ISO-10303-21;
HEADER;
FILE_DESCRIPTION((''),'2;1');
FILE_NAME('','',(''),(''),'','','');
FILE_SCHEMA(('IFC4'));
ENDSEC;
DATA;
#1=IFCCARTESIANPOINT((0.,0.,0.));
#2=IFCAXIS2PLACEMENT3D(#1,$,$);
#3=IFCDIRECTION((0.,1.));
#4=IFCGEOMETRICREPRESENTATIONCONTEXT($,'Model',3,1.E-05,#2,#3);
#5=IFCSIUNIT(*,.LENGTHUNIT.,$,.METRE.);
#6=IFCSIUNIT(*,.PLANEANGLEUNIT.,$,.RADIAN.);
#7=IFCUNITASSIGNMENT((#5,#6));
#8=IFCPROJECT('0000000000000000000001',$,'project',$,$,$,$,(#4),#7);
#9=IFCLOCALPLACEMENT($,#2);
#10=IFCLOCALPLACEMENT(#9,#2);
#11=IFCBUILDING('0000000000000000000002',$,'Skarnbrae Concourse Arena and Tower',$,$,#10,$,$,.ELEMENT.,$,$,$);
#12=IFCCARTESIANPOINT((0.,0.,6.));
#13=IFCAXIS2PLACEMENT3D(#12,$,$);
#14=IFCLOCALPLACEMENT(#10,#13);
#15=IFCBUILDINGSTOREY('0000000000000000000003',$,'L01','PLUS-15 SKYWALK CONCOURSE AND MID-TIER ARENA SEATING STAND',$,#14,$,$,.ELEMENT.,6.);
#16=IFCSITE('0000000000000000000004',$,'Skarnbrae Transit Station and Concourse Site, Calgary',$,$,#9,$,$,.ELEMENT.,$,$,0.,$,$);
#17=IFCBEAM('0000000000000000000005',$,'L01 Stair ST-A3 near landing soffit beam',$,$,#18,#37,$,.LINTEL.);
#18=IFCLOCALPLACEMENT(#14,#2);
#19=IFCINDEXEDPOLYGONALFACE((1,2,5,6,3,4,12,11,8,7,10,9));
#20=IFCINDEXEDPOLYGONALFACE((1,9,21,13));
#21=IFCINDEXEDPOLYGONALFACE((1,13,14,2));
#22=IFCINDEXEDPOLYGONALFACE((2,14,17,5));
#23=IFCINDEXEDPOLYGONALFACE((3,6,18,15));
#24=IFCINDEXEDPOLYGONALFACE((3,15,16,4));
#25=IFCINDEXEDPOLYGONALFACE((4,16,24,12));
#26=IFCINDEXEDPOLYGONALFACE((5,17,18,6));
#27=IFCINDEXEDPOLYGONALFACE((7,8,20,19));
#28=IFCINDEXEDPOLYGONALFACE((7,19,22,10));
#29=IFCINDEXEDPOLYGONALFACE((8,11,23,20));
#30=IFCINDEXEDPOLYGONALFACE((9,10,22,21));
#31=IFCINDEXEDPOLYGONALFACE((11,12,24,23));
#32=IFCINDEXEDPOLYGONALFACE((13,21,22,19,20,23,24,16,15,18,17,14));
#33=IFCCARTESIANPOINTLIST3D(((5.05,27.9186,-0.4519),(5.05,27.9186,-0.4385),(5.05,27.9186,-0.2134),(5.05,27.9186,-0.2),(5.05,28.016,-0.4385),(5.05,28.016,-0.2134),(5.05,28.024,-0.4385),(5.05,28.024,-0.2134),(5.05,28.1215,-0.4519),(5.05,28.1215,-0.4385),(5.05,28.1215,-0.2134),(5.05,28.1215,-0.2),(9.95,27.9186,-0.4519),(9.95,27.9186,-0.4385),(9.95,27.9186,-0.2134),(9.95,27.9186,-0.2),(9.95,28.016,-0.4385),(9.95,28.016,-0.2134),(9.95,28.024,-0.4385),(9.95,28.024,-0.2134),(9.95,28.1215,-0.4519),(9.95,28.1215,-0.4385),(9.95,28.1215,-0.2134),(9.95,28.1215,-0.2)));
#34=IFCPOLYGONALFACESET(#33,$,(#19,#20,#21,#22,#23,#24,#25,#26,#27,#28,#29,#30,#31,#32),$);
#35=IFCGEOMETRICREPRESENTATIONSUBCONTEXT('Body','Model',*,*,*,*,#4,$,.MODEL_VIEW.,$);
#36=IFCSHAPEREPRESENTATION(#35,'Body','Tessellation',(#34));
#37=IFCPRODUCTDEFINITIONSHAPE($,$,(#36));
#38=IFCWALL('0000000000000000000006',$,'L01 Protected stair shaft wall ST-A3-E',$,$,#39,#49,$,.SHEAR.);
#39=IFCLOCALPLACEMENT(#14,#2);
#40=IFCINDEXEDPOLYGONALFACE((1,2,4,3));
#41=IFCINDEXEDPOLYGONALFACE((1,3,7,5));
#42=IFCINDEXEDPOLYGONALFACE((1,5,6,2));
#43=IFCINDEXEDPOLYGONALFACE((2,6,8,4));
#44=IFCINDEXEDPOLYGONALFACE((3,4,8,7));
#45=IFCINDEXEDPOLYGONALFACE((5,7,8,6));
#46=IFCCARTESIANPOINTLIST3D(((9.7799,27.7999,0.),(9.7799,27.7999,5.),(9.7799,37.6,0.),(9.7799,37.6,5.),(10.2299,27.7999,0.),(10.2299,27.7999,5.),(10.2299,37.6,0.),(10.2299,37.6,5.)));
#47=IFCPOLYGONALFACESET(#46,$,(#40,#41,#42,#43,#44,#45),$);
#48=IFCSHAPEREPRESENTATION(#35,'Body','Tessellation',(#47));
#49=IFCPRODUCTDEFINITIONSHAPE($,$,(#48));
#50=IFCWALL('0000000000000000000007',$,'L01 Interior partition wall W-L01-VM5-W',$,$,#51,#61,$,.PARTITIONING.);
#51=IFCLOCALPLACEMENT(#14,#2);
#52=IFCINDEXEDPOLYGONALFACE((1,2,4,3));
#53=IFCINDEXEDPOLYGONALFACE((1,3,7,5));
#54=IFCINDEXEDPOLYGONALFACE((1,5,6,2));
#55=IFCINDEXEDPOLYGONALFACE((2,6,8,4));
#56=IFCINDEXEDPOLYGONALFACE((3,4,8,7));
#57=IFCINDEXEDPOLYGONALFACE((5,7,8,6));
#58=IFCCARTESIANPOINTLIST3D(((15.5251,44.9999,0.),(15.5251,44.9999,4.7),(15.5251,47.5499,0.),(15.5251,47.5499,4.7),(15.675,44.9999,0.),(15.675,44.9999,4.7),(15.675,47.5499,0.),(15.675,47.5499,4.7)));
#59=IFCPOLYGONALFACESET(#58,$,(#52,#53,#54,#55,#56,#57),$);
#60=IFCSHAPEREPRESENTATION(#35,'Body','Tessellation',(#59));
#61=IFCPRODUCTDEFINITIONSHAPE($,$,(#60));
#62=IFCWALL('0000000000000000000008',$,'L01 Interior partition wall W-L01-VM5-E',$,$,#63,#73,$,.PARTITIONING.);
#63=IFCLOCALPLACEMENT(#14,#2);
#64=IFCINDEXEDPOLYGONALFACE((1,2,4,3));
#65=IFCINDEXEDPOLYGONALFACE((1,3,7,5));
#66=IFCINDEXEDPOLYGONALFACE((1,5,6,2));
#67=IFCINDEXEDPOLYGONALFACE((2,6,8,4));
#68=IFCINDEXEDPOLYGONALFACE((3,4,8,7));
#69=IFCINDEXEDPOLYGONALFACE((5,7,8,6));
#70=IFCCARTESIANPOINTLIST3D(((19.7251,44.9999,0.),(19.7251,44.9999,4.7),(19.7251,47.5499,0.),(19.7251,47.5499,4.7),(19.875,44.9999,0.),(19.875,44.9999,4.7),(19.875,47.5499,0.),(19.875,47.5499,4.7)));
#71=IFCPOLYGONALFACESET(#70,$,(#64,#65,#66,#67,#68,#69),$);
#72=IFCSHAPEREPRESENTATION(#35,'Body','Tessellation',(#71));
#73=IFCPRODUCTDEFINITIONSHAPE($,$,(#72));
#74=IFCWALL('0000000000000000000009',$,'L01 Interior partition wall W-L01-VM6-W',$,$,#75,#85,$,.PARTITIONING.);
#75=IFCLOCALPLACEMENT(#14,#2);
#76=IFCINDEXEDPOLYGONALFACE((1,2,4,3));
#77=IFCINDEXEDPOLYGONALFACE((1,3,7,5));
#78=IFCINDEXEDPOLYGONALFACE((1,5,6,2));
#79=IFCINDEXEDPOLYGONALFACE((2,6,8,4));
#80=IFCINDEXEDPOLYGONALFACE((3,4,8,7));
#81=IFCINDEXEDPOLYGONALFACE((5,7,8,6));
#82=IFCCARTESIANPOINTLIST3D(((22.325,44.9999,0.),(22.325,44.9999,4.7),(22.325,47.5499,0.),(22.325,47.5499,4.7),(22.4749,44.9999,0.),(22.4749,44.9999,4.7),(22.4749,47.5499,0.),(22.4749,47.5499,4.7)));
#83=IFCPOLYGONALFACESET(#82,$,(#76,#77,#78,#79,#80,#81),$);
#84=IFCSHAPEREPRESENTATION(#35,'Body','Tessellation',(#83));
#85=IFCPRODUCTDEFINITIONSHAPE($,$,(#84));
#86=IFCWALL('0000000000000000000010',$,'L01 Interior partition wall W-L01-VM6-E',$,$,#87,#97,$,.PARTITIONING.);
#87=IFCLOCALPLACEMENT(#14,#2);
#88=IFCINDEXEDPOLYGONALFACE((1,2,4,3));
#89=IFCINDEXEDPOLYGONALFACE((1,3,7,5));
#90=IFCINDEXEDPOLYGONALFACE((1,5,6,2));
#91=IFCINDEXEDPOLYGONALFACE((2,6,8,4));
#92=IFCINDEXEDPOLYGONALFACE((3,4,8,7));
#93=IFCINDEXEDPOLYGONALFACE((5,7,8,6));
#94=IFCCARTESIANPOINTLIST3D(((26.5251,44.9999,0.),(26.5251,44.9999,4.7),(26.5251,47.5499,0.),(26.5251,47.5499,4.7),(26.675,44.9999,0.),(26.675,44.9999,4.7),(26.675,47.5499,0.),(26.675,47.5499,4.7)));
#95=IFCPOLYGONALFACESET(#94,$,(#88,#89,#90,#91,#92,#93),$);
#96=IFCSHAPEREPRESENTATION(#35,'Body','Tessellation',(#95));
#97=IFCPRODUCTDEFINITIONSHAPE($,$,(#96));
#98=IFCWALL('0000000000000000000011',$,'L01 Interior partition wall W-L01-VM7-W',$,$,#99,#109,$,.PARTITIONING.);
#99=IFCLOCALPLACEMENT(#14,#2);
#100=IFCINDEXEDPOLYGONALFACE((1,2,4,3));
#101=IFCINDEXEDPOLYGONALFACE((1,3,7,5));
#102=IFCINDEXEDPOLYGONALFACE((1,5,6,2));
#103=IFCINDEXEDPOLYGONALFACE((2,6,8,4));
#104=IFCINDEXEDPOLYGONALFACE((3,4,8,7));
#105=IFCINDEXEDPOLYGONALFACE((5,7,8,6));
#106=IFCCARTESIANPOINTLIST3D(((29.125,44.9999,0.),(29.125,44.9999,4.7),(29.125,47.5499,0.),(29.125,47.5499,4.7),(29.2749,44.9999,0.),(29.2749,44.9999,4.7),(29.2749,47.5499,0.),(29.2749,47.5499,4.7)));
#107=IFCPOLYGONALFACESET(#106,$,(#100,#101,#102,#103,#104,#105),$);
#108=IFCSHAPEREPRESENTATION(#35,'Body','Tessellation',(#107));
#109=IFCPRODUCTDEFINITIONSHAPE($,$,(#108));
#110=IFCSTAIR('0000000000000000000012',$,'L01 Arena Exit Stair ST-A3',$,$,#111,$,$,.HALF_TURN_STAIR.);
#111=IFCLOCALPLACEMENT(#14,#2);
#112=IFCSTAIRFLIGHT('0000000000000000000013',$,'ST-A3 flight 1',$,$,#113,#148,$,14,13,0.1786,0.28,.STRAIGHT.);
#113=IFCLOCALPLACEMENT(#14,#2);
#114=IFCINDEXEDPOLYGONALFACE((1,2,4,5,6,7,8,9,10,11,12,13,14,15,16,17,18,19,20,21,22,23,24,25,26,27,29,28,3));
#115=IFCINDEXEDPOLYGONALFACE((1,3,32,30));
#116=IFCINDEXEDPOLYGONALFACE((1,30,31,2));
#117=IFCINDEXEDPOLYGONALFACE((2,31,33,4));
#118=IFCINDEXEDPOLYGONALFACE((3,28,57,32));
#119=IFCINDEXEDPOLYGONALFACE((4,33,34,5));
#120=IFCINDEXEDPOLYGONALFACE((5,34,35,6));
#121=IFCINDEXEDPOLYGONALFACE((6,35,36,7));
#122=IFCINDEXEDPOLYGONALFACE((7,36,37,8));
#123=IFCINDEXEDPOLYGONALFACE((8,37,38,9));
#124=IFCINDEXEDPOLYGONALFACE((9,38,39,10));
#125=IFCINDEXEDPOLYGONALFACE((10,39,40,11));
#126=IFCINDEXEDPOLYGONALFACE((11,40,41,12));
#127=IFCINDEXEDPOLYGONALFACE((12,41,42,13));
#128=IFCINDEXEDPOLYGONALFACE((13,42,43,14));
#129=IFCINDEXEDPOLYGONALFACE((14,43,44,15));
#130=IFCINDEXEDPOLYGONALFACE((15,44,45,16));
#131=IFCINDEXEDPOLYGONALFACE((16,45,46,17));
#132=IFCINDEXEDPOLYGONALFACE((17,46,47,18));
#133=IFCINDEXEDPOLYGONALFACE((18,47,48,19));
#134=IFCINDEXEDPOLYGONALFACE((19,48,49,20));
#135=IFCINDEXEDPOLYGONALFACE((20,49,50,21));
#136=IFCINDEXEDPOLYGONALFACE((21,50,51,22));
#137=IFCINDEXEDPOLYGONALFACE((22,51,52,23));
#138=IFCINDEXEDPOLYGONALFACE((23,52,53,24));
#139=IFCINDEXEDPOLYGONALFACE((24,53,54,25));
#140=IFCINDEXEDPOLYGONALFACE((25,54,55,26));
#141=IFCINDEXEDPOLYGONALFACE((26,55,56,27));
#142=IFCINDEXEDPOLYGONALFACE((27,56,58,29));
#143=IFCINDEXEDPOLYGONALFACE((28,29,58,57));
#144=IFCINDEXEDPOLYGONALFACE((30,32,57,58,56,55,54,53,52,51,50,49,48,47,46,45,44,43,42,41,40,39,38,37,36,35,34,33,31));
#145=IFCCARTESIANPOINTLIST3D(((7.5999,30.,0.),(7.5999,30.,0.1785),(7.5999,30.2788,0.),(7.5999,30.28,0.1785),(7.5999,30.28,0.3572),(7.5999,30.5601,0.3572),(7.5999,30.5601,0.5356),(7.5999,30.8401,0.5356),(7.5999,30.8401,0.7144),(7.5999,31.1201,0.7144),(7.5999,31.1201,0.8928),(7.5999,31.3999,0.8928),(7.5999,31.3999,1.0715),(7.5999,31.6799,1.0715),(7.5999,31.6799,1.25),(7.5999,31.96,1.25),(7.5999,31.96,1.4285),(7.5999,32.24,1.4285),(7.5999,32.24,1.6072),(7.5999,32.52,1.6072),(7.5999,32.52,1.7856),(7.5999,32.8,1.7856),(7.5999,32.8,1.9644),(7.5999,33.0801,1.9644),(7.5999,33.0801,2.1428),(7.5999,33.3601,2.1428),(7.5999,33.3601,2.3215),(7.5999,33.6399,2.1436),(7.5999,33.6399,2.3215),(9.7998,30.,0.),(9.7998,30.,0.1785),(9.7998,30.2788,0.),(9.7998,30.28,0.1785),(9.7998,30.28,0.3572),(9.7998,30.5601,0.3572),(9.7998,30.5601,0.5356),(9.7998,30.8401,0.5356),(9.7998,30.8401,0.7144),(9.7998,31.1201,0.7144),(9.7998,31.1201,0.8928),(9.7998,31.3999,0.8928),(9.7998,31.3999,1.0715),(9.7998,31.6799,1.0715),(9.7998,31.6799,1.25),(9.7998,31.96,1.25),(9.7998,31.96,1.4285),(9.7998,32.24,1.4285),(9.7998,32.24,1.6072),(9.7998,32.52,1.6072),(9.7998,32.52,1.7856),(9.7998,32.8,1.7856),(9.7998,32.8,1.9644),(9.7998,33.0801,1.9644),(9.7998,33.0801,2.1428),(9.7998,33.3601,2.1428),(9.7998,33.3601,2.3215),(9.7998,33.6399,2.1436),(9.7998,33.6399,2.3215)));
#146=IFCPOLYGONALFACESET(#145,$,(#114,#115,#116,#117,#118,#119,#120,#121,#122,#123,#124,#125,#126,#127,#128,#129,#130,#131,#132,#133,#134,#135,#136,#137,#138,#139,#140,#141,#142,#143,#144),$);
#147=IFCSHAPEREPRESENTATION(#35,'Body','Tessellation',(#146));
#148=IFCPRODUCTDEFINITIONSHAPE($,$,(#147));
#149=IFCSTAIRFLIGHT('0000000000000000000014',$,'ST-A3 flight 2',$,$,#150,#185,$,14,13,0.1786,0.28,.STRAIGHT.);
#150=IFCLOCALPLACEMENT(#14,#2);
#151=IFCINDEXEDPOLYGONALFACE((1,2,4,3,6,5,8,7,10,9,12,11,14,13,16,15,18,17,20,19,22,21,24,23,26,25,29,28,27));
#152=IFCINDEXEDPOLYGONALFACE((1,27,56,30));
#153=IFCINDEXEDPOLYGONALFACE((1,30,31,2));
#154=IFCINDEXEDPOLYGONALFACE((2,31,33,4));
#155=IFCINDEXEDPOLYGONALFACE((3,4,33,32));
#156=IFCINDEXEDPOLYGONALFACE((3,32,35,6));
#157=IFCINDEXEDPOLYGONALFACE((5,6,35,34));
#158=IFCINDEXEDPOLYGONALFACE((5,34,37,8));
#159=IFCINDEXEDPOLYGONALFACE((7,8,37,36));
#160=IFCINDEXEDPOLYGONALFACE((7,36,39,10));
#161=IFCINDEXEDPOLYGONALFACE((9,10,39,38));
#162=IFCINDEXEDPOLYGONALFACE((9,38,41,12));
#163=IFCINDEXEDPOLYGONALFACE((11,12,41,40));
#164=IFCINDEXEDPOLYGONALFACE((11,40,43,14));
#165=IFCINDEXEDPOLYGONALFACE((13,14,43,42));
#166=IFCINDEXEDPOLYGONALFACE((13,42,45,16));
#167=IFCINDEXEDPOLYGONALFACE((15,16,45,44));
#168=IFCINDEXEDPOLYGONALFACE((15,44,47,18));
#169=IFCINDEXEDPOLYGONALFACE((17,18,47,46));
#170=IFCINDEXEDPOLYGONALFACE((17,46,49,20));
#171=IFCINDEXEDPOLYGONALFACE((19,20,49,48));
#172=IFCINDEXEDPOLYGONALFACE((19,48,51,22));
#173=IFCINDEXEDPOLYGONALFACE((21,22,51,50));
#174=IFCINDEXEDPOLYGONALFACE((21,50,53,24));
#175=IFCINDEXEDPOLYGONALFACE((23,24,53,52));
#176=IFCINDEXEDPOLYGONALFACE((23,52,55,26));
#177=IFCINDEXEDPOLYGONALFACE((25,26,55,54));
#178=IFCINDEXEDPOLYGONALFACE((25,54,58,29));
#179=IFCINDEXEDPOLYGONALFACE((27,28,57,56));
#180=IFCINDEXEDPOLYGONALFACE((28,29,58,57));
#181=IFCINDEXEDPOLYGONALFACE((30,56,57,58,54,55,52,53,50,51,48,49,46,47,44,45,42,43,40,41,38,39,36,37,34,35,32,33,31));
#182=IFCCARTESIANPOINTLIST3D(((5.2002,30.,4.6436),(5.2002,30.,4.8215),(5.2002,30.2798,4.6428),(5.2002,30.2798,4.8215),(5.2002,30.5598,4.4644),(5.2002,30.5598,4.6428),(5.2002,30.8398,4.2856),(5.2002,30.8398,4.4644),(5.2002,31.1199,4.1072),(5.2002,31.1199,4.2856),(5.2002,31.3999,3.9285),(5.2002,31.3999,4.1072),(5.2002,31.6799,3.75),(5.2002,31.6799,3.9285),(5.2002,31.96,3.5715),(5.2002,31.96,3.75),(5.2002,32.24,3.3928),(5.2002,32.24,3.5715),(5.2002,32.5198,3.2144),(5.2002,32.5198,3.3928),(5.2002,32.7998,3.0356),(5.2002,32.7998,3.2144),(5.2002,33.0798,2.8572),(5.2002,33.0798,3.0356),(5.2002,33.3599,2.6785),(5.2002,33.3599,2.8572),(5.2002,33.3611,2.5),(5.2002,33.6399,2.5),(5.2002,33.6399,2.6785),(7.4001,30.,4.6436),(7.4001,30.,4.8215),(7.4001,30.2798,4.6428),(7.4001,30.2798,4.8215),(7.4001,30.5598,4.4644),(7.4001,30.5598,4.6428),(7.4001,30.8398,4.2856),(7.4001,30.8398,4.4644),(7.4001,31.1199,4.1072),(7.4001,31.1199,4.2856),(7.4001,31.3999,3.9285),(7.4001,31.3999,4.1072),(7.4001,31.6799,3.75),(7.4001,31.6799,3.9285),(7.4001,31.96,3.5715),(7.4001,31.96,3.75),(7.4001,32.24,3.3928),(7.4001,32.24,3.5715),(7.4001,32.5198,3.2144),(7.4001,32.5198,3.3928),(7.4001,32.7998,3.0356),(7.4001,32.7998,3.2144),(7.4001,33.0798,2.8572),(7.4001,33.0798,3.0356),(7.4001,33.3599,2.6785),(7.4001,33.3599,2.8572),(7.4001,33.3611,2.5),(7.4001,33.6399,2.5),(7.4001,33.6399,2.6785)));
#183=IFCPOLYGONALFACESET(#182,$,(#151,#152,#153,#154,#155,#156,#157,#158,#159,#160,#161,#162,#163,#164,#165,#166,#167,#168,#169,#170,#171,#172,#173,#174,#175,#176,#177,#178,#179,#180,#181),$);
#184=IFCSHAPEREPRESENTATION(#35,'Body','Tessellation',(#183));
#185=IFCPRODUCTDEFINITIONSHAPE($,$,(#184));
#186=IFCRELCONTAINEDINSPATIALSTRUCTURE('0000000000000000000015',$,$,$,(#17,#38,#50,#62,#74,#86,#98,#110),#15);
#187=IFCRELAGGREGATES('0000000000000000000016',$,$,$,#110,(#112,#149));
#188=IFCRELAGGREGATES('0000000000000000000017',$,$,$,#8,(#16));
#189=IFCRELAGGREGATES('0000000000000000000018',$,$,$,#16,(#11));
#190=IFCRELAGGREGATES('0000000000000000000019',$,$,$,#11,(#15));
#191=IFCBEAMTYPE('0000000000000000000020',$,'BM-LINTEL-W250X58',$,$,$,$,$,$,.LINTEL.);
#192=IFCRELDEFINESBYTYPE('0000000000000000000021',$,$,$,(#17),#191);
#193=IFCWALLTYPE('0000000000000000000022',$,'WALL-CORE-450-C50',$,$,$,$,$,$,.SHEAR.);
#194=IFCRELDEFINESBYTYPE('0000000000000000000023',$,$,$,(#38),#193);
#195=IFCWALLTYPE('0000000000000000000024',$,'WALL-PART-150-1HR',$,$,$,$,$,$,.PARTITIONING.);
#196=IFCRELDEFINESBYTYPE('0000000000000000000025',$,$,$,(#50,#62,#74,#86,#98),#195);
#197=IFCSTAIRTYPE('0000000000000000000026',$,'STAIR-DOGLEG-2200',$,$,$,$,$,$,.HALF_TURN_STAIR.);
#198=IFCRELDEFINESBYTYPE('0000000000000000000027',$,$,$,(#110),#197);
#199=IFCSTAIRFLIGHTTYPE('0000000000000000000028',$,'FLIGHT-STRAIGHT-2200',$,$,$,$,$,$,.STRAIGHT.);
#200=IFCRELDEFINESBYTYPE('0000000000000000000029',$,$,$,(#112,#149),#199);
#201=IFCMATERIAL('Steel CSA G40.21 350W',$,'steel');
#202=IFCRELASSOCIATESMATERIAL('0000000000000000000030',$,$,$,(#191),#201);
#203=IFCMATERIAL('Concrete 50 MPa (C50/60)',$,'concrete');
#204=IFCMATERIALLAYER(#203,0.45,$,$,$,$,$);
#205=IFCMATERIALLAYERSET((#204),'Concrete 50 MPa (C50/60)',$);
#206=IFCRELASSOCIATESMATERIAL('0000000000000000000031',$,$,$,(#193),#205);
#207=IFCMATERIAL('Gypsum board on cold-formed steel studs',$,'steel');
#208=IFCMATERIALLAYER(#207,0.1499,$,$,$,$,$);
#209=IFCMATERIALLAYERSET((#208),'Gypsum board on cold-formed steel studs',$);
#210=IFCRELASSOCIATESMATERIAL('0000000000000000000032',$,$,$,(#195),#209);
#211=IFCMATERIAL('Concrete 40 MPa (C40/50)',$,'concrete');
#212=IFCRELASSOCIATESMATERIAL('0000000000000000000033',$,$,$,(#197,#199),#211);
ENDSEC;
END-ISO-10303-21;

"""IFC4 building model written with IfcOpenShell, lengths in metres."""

from ifc_helpers import new_model, si_unit, direction, frame, frame_2d, origin, origin_2d, place, context, subcontext, project, spatial, polyline, rectangle, i_section, outline, extrude, source, transform, mapped, material, layer, layer_set, material_profile, profile_set, type_object, element, aggregate, save


model = new_model("IFC4")

# Units and contexts
model_context = context("Model", 3, precision=1e-05, world=origin(), true_north=direction((0.0, 1.0)))
body_context = subcontext(model_context, "Body", "Model", "MODEL_VIEW")
ifc_project = project(units=[si_unit("LENGTHUNIT", "METRE"), si_unit("PLANEANGLEUNIT", "RADIAN")], contexts=[model_context])

# Site, building, storey
site_placement = place(None, origin())
site = spatial("IfcSite", under=ifc_project, at=site_placement, Name="Skarnbrae Transit Station and Concourse Site, Calgary", CompositionType="ELEMENT", RefElevation=0.0)
building_placement = place(site_placement, origin())
building = spatial("IfcBuilding", under=site, at=building_placement, Name="Skarnbrae Concourse Arena and Tower", CompositionType="ELEMENT")
storey_placement = place(building_placement, frame((0.0, 0.0, 6.0)))
storey = spatial("IfcBuildingStorey", under=building, at=storey_placement, Name="L01", Description="PLUS-15 SKYWALK CONCOURSE AND MID-TIER ARENA SEATING STAND", CompositionType="ELEMENT", Elevation=6.0)

# Shared definitions
ifc_material_1 = material(Name="Steel CSA G40.21 350W", Category="steel")

# Beam
ifc_material_profile_1 = material_profile(ifc_material_1, i_section(OverallWidth=0.2029, OverallDepth=0.252, WebThickness=0.0081, FlangeThickness=0.0134, at=origin_2d()), Name="W250X58")
ifc_profile_set_1 = profile_set([ifc_material_profile_1], Name="Steel CSA G40.21 350W")
beam_type_1 = type_object("IfcBeamType", Name="BM-LINTEL-W250X58", PredefinedType="LINTEL", material=ifc_profile_set_1)
shared_shape_1 = source(origin(), body_context, "Body", "SweptSolid", [
    extrude(i_section(OverallWidth=0.2029, OverallDepth=0.252, WebThickness=0.0081, FlangeThickness=0.0134, at=origin_2d()), origin(), (0.0, 0.0, 1.0), 4.8999),
])
beam_placement = place(storey_placement, frame((9.95, 28.02, -0.3259), z_axis=(-1.0, 0.0, 0.0), x_axis=(0.0, -1.0, 0.0)))
element("IfcBeam", 1, at=beam_placement, inside=storey, type_object=beam_type_1, Name="L01 Stair ST-A3 near landing soffit beam", PredefinedType="LINTEL", context=body_context, shape_type="MappedRepresentation", body=[
    mapped(shared_shape_1, transform((0.0, 0.0, 0.0))),
])

# Walls
ifc_material_2 = material(Name="Concrete 50 MPa (C50/60)", Category="concrete")
ifc_layer_1 = layer(ifc_material_2, 0.45)
ifc_layer_set_1 = layer_set([ifc_layer_1], Name="Concrete 50 MPa (C50/60)")
wall_type_1 = type_object("IfcWallType", Name="WALL-CORE-450-C50", PredefinedType="SHEAR", material=ifc_layer_set_1)
shared_shape_2 = source(origin(), body_context, "Body", "SweptSolid", [
    extrude(rectangle(XDim=9.8, YDim=0.45, at=frame_2d((4.8999, 0.0))), origin(), (0.0, 0.0, 1.0), 5.0),
])
wall_placement = place(storey_placement, frame((10.0049, 27.8, 0.0), z_axis=(0.0, 0.0, 1.0), x_axis=(0.0, 1.0, 0.0)))
element("IfcWall", 2, at=wall_placement, inside=storey, type_object=wall_type_1, Name="L01 Protected stair shaft wall ST-A3-E", PredefinedType="SHEAR", context=body_context, shape_type="MappedRepresentation", body=[
    mapped(shared_shape_2, transform((0.0, 0.0, 0.0))),
])
ifc_material_3 = material(Name="Gypsum board on cold-formed steel studs", Category="steel")
ifc_layer_2 = layer(ifc_material_3, 0.1499)
ifc_layer_set_2 = layer_set([ifc_layer_2], Name="Gypsum board on cold-formed steel studs")
wall_type_2 = type_object("IfcWallType", Name="WALL-PART-150-1HR", PredefinedType="PARTITIONING", material=ifc_layer_set_2)
shared_shape_3 = source(origin(), body_context, "Body", "SweptSolid", [
    extrude(rectangle(XDim=2.55, YDim=0.1499, at=frame_2d((1.2749, 0.0))), origin(), (0.0, 0.0, 1.0), 4.7),
])
for number, where, z_axis, x_axis, name in (
    (3, (15.6001, 45.0, 0.0), (0.0, 0.0, 1.0), (0.0, 1.0, 0.0), "L01 Interior partition wall W-L01-VM5-W"),
    (4, (19.8, 45.0, 0.0), (0.0, 0.0, 1.0), (0.0, 1.0, 0.0), "L01 Interior partition wall W-L01-VM5-E"),
    (5, (22.3999, 45.0, 0.0), (0.0, 0.0, 1.0), (0.0, 1.0, 0.0), "L01 Interior partition wall W-L01-VM6-W"),
    (6, (26.6001, 45.0, 0.0), (0.0, 0.0, 1.0), (0.0, 1.0, 0.0), "L01 Interior partition wall W-L01-VM6-E"),
    (7, (29.2, 45.0, 0.0), (0.0, 0.0, 1.0), (0.0, 1.0, 0.0), "L01 Interior partition wall W-L01-VM7-W"),
):
    element("IfcWall", number, at=place(storey_placement, frame(where, z_axis=z_axis, x_axis=x_axis)), inside=storey, type_object=wall_type_2, Name=name, PredefinedType="PARTITIONING", context=body_context, shape_type="MappedRepresentation", body=[
        mapped(shared_shape_3, transform((0.0, 0.0, 0.0))),
    ])

# Stair, stair flights
ifc_material_4 = material(Name="Concrete 40 MPa (C40/50)", Category="concrete")
stair_type = type_object("IfcStairType", Name="STAIR-DOGLEG-2200", PredefinedType="HALF_TURN_STAIR", material=ifc_material_4)
stair_placement = place(storey_placement, origin())
stair = element("IfcStair", 8, at=stair_placement, inside=storey, type_object=stair_type, Name="L01 Arena Exit Stair ST-A3", PredefinedType="HALF_TURN_STAIR")
stair_flight_type = type_object("IfcStairFlightType", Name="FLIGHT-STRAIGHT-2200", PredefinedType="STRAIGHT", material=ifc_material_4)
shared_shape_4 = source(origin(), body_context, "Body", "SweptSolid", [
    extrude(outline(polyline([(0.0, 0.0), (0.0, 0.1785), (0.28, 0.1785), (0.28, 0.3572), (0.5601, 0.3572), (0.5601, 0.5356), (0.8401, 0.5356), (0.8401, 0.7144), (1.1201, 0.7144), (1.1201, 0.8928), (1.3999, 0.8928), (1.3999, 1.0715), (1.6799, 1.0715), (1.6799, 1.25), (1.96, 1.25), (1.96, 1.4285), (2.24, 1.4285), (2.24, 1.6072), (2.52, 1.6072), (2.52, 1.7856), (2.8, 1.7856), (2.8, 1.9644), (3.0801, 1.9644), (3.0801, 2.1428), (3.3601, 2.1428), (3.3601, 2.3215), (3.6399, 2.3215), (3.6399, 2.5), (3.6399, 2.1436), (0.2788, 0.0), (0.0, 0.0)])), frame((0.0, 1.1001, 0.0), z_axis=(0.0, -1.0, 0.0), x_axis=(1.0, 0.0, 0.0)), (0.0, 0.0, 1.0), 2.2),
])
stair_flight_1_placement = place(storey_placement, frame((8.7, 30.0, 0.0), z_axis=(0.0, 0.0, 1.0), x_axis=(0.0, 1.0, 0.0)))
stair_flight_1 = element("IfcStairFlight", 9, at=stair_flight_1_placement, type_object=stair_flight_type, Name="ST-A3 flight 1", NumberOfRisers=14, NumberOfTreads=13, PredefinedType="STRAIGHT", RiserHeight=0.1786, TreadLength=0.28, context=body_context, shape_type="MappedRepresentation", body=[
    mapped(shared_shape_4, transform((0.0, 0.0, 0.0))),
])
stair_flight_2_placement = place(storey_placement, frame((6.3, 33.6399, 2.5), z_axis=(0.0, 0.0, 1.0), x_axis=(0.0, -1.0, 0.0)))
stair_flight_2 = element("IfcStairFlight", 10, at=stair_flight_2_placement, type_object=stair_flight_type, Name="ST-A3 flight 2", NumberOfRisers=14, NumberOfTreads=13, PredefinedType="STRAIGHT", RiserHeight=0.1786, TreadLength=0.28, context=body_context, shape_type="MappedRepresentation", body=[
    mapped(shared_shape_4, transform((0.0, 0.0, 0.0))),
])
aggregate(stair, [stair_flight_1, stair_flight_2])

save(model, "model.ifc")
